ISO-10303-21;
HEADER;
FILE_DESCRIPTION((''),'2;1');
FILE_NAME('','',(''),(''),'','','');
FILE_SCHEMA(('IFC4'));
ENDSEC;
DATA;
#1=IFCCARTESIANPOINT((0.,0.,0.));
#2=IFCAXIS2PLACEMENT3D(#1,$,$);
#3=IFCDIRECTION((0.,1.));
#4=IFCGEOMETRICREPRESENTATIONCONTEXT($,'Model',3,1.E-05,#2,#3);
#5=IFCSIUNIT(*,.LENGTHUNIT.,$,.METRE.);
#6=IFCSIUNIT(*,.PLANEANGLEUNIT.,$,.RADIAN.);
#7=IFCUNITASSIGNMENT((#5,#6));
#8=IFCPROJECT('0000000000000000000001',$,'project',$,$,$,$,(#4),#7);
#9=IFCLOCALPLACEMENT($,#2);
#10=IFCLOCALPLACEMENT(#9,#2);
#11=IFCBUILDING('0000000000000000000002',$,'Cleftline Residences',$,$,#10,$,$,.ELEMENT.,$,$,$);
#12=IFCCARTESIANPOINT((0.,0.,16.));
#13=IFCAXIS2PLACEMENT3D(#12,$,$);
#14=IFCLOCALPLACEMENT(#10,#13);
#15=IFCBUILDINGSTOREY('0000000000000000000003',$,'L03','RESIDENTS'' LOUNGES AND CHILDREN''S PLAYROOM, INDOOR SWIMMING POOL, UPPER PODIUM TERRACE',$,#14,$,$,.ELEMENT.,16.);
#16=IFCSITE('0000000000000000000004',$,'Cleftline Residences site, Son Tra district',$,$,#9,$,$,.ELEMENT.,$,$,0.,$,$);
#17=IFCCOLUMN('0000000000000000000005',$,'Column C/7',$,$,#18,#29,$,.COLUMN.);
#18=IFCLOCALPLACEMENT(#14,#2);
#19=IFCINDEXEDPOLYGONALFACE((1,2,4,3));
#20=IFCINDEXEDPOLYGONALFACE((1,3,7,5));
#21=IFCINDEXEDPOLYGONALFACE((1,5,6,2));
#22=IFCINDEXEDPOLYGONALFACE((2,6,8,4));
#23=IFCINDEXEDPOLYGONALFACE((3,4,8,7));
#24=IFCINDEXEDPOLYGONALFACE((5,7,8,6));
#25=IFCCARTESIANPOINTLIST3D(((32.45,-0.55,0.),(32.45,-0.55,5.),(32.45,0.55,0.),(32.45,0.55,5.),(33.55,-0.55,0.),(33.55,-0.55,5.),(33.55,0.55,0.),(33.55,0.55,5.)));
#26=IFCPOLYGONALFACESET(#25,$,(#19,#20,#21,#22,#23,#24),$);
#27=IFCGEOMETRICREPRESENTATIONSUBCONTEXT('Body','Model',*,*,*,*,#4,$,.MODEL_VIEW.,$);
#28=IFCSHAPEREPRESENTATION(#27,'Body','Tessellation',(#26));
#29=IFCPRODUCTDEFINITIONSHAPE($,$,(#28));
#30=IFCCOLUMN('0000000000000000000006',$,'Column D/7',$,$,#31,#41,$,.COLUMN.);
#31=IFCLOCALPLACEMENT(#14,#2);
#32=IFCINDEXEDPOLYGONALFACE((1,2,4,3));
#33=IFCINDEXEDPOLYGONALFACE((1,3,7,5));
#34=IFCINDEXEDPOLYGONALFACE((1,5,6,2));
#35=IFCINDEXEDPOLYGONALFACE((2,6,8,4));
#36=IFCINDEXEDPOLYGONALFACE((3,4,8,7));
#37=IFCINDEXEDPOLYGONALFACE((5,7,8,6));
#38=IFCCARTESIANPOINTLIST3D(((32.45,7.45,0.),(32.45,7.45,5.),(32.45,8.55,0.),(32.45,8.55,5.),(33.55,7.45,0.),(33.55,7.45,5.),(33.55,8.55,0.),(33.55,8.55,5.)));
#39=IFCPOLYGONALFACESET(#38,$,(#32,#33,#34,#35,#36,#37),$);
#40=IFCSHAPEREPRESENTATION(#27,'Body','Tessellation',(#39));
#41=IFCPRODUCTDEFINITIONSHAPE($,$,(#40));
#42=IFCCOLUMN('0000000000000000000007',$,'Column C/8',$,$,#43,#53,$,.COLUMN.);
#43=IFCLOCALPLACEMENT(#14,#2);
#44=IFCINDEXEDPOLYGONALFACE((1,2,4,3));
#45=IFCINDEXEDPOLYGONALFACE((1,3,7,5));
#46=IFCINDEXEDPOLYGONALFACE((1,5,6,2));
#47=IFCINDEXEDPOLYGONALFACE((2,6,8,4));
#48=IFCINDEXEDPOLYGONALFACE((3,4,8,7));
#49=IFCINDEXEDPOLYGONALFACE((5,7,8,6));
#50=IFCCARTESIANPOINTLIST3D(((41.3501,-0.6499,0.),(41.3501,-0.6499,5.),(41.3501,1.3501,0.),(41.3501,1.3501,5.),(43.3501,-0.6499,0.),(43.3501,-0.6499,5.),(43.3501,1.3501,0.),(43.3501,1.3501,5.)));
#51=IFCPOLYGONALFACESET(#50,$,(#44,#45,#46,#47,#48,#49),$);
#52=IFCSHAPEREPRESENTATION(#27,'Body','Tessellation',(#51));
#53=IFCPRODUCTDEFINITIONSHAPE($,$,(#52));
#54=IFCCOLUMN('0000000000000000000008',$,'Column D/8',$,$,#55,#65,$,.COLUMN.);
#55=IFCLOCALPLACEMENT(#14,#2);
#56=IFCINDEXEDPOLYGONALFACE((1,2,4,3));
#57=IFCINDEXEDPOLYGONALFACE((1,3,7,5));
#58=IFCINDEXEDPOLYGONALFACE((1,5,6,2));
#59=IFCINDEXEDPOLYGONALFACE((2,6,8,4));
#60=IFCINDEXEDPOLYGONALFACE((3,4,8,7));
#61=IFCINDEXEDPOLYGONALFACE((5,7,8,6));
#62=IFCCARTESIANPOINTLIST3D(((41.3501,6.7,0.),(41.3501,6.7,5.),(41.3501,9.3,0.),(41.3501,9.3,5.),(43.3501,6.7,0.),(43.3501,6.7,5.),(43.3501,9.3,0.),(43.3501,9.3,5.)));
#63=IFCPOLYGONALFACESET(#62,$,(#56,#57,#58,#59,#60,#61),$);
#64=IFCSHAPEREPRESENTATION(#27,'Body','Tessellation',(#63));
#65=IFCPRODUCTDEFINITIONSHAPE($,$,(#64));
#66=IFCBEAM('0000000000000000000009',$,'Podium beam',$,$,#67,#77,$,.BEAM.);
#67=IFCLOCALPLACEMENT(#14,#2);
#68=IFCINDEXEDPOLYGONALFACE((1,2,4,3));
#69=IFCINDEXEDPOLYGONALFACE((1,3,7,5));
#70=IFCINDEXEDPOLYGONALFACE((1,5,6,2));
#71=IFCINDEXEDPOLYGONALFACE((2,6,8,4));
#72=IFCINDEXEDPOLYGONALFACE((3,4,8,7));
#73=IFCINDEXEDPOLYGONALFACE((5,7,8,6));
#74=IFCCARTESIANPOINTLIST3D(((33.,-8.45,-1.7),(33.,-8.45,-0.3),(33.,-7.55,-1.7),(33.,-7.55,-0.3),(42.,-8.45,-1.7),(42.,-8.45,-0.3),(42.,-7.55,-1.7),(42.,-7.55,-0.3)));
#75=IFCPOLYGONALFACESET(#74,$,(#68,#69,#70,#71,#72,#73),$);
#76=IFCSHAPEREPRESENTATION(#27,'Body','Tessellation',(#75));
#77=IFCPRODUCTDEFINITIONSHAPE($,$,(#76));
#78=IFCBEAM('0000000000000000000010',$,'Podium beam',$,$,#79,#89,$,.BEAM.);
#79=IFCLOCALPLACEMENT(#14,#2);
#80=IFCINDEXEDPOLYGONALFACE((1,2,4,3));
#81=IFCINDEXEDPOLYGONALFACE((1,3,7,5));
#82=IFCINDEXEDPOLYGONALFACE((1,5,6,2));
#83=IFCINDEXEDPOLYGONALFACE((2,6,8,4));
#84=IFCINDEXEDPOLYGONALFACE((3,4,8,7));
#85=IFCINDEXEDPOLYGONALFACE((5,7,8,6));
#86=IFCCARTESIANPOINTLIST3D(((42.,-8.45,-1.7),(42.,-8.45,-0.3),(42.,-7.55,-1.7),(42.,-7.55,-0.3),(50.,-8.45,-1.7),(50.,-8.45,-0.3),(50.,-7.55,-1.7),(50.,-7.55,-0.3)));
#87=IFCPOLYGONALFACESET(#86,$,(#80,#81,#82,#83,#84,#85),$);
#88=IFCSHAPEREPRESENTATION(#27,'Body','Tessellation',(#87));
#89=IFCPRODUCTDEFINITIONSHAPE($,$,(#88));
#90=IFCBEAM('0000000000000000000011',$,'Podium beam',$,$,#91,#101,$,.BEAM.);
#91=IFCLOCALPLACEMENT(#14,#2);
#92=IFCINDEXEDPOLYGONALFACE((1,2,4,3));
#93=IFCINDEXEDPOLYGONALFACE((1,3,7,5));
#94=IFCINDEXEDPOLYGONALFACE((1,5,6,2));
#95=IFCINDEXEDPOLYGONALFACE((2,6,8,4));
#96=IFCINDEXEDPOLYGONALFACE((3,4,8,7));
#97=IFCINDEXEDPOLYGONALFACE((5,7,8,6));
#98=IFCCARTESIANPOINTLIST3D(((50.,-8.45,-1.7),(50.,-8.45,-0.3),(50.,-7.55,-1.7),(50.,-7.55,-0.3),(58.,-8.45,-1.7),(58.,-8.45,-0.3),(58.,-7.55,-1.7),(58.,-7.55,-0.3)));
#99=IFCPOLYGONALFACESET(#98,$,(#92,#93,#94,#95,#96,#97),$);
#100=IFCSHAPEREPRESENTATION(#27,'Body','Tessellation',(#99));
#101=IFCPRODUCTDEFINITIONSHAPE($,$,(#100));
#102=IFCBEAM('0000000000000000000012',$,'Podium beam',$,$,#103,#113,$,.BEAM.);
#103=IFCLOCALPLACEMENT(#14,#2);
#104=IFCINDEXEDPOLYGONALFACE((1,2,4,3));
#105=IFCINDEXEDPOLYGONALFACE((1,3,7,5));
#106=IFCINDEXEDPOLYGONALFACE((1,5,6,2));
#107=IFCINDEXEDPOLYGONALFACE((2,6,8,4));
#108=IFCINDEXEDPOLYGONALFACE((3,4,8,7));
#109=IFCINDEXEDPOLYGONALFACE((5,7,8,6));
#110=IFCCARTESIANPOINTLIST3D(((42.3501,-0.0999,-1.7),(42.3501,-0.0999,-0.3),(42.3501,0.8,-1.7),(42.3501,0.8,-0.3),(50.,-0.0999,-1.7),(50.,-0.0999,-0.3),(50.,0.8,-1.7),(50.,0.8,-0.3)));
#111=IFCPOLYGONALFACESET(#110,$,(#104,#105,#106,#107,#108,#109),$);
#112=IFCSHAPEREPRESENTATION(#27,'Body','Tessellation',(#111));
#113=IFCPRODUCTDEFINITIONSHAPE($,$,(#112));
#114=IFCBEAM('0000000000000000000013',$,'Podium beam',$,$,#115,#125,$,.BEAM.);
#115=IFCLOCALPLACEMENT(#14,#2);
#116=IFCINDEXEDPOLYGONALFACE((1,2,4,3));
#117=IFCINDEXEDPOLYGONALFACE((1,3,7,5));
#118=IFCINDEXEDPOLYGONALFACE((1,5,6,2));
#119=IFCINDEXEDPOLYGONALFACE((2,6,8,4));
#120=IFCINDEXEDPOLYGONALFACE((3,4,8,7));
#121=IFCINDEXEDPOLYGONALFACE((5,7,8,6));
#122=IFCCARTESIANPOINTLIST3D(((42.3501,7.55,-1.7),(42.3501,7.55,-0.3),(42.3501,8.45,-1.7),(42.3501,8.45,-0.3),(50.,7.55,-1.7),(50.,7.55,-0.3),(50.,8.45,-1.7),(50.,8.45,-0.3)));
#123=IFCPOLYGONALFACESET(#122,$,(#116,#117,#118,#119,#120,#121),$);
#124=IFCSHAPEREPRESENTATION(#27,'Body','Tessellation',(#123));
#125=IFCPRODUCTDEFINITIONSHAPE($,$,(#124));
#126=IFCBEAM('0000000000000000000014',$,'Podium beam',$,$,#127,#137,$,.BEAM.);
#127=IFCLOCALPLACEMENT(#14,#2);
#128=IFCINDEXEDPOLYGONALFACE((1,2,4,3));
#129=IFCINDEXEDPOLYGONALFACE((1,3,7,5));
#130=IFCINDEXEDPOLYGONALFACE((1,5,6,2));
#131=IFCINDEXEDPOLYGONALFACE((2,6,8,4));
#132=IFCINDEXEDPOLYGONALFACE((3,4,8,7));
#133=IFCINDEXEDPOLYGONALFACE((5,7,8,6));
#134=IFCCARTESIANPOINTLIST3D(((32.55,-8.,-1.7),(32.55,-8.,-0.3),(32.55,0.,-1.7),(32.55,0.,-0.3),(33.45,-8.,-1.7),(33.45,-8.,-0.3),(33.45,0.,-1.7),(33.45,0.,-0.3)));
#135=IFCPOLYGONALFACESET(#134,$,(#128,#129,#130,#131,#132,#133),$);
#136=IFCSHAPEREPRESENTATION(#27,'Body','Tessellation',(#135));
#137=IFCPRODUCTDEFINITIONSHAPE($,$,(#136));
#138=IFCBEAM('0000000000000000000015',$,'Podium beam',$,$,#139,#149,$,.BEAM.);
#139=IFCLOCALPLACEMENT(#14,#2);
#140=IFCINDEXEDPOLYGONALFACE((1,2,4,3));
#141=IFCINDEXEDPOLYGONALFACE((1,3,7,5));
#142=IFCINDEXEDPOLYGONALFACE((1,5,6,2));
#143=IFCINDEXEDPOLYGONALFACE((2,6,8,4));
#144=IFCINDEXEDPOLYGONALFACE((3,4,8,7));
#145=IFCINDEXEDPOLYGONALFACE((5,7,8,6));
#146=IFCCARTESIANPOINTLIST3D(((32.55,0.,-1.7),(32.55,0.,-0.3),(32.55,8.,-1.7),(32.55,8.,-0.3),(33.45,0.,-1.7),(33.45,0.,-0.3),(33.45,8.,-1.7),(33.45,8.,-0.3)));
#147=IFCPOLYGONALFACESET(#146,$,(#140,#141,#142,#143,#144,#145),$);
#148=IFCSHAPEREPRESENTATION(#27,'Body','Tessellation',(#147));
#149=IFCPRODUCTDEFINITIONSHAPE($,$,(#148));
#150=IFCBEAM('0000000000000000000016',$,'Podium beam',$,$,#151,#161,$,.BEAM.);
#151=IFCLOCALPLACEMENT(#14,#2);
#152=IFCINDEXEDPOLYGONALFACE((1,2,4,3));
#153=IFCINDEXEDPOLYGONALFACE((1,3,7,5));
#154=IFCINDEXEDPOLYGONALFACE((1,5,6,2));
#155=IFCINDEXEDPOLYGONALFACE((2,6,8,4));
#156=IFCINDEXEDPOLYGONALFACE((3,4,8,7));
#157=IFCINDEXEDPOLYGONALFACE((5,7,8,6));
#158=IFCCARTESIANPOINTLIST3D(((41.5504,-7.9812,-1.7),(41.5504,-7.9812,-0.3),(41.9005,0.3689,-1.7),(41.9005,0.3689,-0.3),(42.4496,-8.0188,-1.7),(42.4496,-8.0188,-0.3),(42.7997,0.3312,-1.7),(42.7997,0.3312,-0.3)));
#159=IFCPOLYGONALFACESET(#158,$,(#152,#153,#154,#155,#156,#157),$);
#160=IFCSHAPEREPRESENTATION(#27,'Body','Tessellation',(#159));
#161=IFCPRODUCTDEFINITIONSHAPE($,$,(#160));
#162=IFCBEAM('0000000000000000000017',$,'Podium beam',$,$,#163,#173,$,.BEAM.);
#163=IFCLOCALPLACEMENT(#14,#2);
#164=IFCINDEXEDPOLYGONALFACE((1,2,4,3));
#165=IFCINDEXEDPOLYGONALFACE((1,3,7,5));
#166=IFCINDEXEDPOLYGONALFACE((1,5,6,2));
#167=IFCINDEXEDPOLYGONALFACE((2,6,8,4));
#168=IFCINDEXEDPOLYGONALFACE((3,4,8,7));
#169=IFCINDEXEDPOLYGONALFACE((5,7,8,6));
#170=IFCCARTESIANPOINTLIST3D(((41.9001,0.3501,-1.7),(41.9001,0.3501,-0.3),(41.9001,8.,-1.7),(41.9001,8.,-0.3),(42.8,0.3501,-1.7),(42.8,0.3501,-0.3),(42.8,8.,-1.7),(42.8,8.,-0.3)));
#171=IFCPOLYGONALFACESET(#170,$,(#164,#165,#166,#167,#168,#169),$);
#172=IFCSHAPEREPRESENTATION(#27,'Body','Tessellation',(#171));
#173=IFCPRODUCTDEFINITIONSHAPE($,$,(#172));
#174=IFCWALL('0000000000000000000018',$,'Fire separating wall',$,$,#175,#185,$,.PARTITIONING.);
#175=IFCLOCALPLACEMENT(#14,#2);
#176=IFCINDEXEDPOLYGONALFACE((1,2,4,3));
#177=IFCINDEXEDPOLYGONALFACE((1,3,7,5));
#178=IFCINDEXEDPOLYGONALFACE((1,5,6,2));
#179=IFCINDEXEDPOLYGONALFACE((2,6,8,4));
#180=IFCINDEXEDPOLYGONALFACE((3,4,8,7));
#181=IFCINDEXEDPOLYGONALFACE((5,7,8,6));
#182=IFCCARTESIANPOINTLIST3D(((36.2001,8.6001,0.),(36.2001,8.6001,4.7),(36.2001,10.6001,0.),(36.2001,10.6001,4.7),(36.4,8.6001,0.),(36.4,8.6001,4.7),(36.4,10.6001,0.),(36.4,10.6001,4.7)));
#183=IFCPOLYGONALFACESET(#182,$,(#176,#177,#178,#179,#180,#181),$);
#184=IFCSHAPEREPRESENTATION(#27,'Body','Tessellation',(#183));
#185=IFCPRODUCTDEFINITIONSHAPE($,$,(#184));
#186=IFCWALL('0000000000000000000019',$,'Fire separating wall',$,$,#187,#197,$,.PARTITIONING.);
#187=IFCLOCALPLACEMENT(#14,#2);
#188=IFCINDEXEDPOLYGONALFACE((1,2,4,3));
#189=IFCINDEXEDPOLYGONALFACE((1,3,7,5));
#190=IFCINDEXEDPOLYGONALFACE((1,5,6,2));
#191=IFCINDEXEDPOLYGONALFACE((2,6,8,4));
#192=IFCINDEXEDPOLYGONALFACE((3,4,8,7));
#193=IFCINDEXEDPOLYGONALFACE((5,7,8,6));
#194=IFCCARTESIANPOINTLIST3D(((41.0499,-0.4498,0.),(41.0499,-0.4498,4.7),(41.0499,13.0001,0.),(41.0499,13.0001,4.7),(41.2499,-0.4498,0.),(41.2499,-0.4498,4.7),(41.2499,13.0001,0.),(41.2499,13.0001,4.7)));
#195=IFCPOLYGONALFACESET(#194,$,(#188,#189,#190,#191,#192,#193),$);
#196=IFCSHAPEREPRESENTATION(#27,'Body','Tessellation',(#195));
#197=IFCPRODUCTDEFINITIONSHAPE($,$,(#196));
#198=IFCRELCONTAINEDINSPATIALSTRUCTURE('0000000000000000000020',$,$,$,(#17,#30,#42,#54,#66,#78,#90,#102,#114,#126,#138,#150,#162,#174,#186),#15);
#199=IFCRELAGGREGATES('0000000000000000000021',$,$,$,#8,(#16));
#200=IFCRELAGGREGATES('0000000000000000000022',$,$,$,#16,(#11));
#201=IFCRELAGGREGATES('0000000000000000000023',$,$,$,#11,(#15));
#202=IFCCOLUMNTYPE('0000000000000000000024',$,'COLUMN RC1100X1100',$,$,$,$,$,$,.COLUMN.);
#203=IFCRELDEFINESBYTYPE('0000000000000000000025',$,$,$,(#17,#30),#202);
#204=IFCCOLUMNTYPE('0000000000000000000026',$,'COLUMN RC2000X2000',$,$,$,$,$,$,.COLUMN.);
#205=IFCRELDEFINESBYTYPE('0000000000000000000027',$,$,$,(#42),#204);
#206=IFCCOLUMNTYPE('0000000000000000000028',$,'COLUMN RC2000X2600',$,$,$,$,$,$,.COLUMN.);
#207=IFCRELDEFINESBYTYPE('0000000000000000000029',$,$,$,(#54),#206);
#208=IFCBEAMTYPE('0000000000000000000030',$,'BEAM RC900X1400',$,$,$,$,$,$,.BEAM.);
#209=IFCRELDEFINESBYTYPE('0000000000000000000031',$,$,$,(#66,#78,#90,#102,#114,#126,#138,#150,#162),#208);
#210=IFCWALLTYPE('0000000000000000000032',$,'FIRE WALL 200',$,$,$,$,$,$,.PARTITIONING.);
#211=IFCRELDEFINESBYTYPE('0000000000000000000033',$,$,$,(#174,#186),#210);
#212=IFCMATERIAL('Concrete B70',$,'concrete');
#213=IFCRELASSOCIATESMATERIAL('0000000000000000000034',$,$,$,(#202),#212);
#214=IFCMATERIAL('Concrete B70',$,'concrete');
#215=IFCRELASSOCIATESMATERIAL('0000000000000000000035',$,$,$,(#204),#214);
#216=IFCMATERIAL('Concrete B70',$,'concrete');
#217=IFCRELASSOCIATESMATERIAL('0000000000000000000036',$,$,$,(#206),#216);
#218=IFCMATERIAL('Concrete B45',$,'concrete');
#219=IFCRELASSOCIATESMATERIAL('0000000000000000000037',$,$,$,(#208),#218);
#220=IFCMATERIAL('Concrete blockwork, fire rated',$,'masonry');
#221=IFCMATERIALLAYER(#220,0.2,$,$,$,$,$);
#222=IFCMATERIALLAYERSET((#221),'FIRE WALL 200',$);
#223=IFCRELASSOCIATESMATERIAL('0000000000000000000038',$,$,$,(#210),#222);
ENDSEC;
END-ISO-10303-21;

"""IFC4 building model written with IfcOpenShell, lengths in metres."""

from ifc_helpers import new_model, si_unit, direction, frame, frame_2d, origin, origin_2d, place, context, subcontext, project, spatial, rectangle, extrude, material, layer, layer_set, material_profile, profile_set, type_object, element, save


model = new_model("IFC4")

# Units and contexts
model_context = context("Model", 3, precision=1e-05, world=origin(), true_north=direction((0.0, 1.0)))
body_context = subcontext(model_context, "Body", "Model", "MODEL_VIEW")
ifc_project = project(units=[si_unit("LENGTHUNIT", "METRE"), si_unit("PLANEANGLEUNIT", "RADIAN")], contexts=[model_context])

# Site, building, storey
site_placement = place(None, origin())
site = spatial("IfcSite", under=ifc_project, at=site_placement, Name="Cleftline Residences site, Son Tra district", CompositionType="ELEMENT", RefElevation=0.0)
building_placement = place(site_placement, origin())
building = spatial("IfcBuilding", under=site, at=building_placement, Name="Cleftline Residences", CompositionType="ELEMENT")
storey_placement = place(building_placement, frame((0.0, 0.0, 16.0)))
storey = spatial("IfcBuildingStorey", under=building, at=storey_placement, Name="L03", Description="RESIDENTS' LOUNGES AND CHILDREN'S PLAYROOM, INDOOR SWIMMING POOL, UPPER PODIUM TERRACE", CompositionType="ELEMENT", Elevation=16.0)

# Columns
ifc_material_1 = material(Name="Concrete B70", Category="concrete")
ifc_material_profile_1 = material_profile(ifc_material_1, rectangle(XDim=1.1001, YDim=1.1001, at=origin_2d()))
ifc_profile_set_1 = profile_set([ifc_material_profile_1], Name="Concrete B70")
column_type_1 = type_object("IfcColumnType", Name="COLUMN RC1100X1100", PredefinedType="COLUMN", material=ifc_profile_set_1)
for number, where, z_axis, x_axis, name in (
    (1, (33.0, 0.0, 0.0), (0.0, 0.0, 1.0), (1.0, 0.0, 0.0), "Column C/7"),
    (2, (33.0, 8.0, 0.0), (0.0, 0.0, 1.0), (1.0, 0.0, 0.0), "Column D/7"),
):
    element("IfcColumn", number, at=place(storey_placement, frame(where, z_axis=z_axis, x_axis=x_axis)), inside=storey, type_object=column_type_1, Name=name, PredefinedType="COLUMN", context=body_context, shape_type="SweptSolid", body=[
        extrude(rectangle(XDim=1.1001, YDim=1.1001, at=origin_2d()), origin(), (0.0, 0.0, 1.0), 5.0),
    ])
ifc_material_2 = material(Name="Concrete B70", Category="concrete")
ifc_material_profile_2 = material_profile(ifc_material_2, rectangle(XDim=2.0, YDim=2.0, at=origin_2d()))
ifc_profile_set_2 = profile_set([ifc_material_profile_2], Name="Concrete B70")
column_type_2 = type_object("IfcColumnType", Name="COLUMN RC2000X2000", PredefinedType="COLUMN", material=ifc_profile_set_2)
column_1_placement = place(storey_placement, frame((42.3501, 0.3501, 0.0), z_axis=(0.0, 0.0, 1.0), x_axis=(1.0, 0.0, 0.0)))
element("IfcColumn", 3, at=column_1_placement, inside=storey, type_object=column_type_2, Name="Column C/8", PredefinedType="COLUMN", context=body_context, shape_type="SweptSolid", body=[
    extrude(rectangle(XDim=2.0, YDim=2.0, at=origin_2d()), origin(), (0.0, 0.0, 1.0), 5.0),
])
ifc_material_3 = material(Name="Concrete B70", Category="concrete")
ifc_material_profile_3 = material_profile(ifc_material_3, rectangle(XDim=2.0, YDim=2.6001, at=origin_2d()))
ifc_profile_set_3 = profile_set([ifc_material_profile_3], Name="Concrete B70")
column_type_3 = type_object("IfcColumnType", Name="COLUMN RC2000X2600", PredefinedType="COLUMN", material=ifc_profile_set_3)
column_2_placement = place(storey_placement, frame((42.3501, 8.0, 0.0), z_axis=(0.0, 0.0, 1.0), x_axis=(1.0, 0.0, 0.0)))
element("IfcColumn", 4, at=column_2_placement, inside=storey, type_object=column_type_3, Name="Column D/8", PredefinedType="COLUMN", context=body_context, shape_type="SweptSolid", body=[
    extrude(rectangle(XDim=2.0, YDim=2.6001, at=origin_2d()), origin(), (0.0, 0.0, 1.0), 5.0),
])

# Beams
ifc_material_4 = material(Name="Concrete B45", Category="concrete")
ifc_material_profile_4 = material_profile(ifc_material_4, rectangle(XDim=0.8999, YDim=1.3999, at=origin_2d()))
ifc_profile_set_4 = profile_set([ifc_material_profile_4], Name="Concrete B45")
beam_type = type_object("IfcBeamType", Name="BEAM RC900X1400", PredefinedType="BEAM", material=ifc_profile_set_4)
beam_1_placement = place(storey_placement, frame((33.0, -8.0, -1.0), z_axis=(1.0, 0.0, 0.0), x_axis=(0.0, 1.0, 0.0)))
element("IfcBeam", 5, at=beam_1_placement, inside=storey, type_object=beam_type, Name="Podium beam", PredefinedType="BEAM", context=body_context, shape_type="SweptSolid", body=[
    extrude(rectangle(XDim=0.8999, YDim=1.3999, at=origin_2d()), origin(), (0.0, 0.0, 1.0), 9.0),
])
for number, where, z_axis, x_axis, name in (
    (6, (42.0, -8.0, -1.0), (1.0, 0.0, 0.0), (0.0, 1.0, 0.0), "Podium beam"),
    (7, (50.0, -8.0, -1.0), (1.0, 0.0, 0.0), (0.0, 1.0, 0.0), "Podium beam"),
):
    element("IfcBeam", number, at=place(storey_placement, frame(where, z_axis=z_axis, x_axis=x_axis)), inside=storey, type_object=beam_type, Name=name, PredefinedType="BEAM", context=body_context, shape_type="SweptSolid", body=[
        extrude(rectangle(XDim=0.8999, YDim=1.3999, at=origin_2d()), origin(), (0.0, 0.0, 1.0), 8.0),
    ])
for number, where, z_axis, x_axis, name in (
    (8, (42.3501, 0.3501, -1.0), (1.0, 0.0, 0.0), (0.0, 1.0, 0.0), "Podium beam"),
    (9, (42.3501, 8.0, -1.0), (1.0, 0.0, 0.0), (0.0, 1.0, 0.0), "Podium beam"),
):
    element("IfcBeam", number, at=place(storey_placement, frame(where, z_axis=z_axis, x_axis=x_axis)), inside=storey, type_object=beam_type, Name=name, PredefinedType="BEAM", context=body_context, shape_type="SweptSolid", body=[
        extrude(rectangle(XDim=0.8999, YDim=1.3999, at=origin_2d()), origin(), (0.0, 0.0, 1.0), 7.6499),
    ])
for number, where, z_axis, x_axis, name in (
    (10, (33.0, -8.0, -1.0), (0.0, 1.0, 0.0), (-1.0, 0.0, 0.0), "Podium beam"),
    (11, (33.0, 0.0, -1.0), (0.0, 1.0, 0.0), (-1.0, 0.0, 0.0), "Podium beam"),
):
    element("IfcBeam", number, at=place(storey_placement, frame(where, z_axis=z_axis, x_axis=x_axis)), inside=storey, type_object=beam_type, Name=name, PredefinedType="BEAM", context=body_context, shape_type="SweptSolid", body=[
        extrude(rectangle(XDim=0.8999, YDim=1.3999, at=origin_2d()), origin(), (0.0, 0.0, 1.0), 8.0),
    ])
beam_2_placement = place(storey_placement, frame((42.0, -8.0, -1.0), z_axis=(0.041891, 0.999122, 0.0), x_axis=(-0.999122, 0.041891, 0.0)))
element("IfcBeam", 12, at=beam_2_placement, inside=storey, type_object=beam_type, Name="Podium beam", PredefinedType="BEAM", context=body_context, shape_type="SweptSolid", body=[
    extrude(rectangle(XDim=0.8999, YDim=1.3999, at=origin_2d()), origin(), (0.0, 0.0, 1.0), 8.3574),
])
beam_3_placement = place(storey_placement, frame((42.3501, 0.3501, -1.0), z_axis=(0.0, 1.0, 0.0), x_axis=(-1.0, 0.0, 0.0)))
element("IfcBeam", 13, at=beam_3_placement, inside=storey, type_object=beam_type, Name="Podium beam", PredefinedType="BEAM", context=body_context, shape_type="SweptSolid", body=[
    extrude(rectangle(XDim=0.8999, YDim=1.3999, at=origin_2d()), origin(), (0.0, 0.0, 1.0), 7.6499),
])

# Walls
ifc_material_5 = material(Name="Concrete blockwork, fire rated", Category="masonry")
ifc_layer_1 = layer(ifc_material_5, 0.2)
ifc_layer_set_1 = layer_set([ifc_layer_1], Name="FIRE WALL 200")
wall_type_1 = type_object("IfcWallType", Name="FIRE WALL 200", PredefinedType="PARTITIONING", material=ifc_layer_set_1)
wall_1_placement = place(storey_placement, frame((36.3, 8.6001, 0.0), z_axis=(0.0, 0.0, 1.0), x_axis=(0.0, 1.0, 0.0)))
element("IfcWall", 14, at=wall_1_placement, inside=storey, type_object=wall_type_1, Name="Fire separating wall", PredefinedType="PARTITIONING", context=body_context, shape_type="SweptSolid", body=[
    extrude(rectangle(XDim=2.0, YDim=0.2, at=frame_2d((1.0, 0.0))), origin(), (0.0, 0.0, 1.0), 4.7),
])
wall_2_placement = place(storey_placement, frame((41.1499, -0.45, 0.0), z_axis=(0.0, 0.0, 1.0), x_axis=(0.0, 1.0, 0.0)))
element("IfcWall", 15, at=wall_2_placement, inside=storey, type_object=wall_type_1, Name="Fire separating wall", PredefinedType="PARTITIONING", context=body_context, shape_type="SweptSolid", body=[
    extrude(rectangle(XDim=13.45, YDim=0.2, at=frame_2d((6.7251, 0.0))), origin(), (0.0, 0.0, 1.0), 4.7),
])

save(model, "model.ifc")
